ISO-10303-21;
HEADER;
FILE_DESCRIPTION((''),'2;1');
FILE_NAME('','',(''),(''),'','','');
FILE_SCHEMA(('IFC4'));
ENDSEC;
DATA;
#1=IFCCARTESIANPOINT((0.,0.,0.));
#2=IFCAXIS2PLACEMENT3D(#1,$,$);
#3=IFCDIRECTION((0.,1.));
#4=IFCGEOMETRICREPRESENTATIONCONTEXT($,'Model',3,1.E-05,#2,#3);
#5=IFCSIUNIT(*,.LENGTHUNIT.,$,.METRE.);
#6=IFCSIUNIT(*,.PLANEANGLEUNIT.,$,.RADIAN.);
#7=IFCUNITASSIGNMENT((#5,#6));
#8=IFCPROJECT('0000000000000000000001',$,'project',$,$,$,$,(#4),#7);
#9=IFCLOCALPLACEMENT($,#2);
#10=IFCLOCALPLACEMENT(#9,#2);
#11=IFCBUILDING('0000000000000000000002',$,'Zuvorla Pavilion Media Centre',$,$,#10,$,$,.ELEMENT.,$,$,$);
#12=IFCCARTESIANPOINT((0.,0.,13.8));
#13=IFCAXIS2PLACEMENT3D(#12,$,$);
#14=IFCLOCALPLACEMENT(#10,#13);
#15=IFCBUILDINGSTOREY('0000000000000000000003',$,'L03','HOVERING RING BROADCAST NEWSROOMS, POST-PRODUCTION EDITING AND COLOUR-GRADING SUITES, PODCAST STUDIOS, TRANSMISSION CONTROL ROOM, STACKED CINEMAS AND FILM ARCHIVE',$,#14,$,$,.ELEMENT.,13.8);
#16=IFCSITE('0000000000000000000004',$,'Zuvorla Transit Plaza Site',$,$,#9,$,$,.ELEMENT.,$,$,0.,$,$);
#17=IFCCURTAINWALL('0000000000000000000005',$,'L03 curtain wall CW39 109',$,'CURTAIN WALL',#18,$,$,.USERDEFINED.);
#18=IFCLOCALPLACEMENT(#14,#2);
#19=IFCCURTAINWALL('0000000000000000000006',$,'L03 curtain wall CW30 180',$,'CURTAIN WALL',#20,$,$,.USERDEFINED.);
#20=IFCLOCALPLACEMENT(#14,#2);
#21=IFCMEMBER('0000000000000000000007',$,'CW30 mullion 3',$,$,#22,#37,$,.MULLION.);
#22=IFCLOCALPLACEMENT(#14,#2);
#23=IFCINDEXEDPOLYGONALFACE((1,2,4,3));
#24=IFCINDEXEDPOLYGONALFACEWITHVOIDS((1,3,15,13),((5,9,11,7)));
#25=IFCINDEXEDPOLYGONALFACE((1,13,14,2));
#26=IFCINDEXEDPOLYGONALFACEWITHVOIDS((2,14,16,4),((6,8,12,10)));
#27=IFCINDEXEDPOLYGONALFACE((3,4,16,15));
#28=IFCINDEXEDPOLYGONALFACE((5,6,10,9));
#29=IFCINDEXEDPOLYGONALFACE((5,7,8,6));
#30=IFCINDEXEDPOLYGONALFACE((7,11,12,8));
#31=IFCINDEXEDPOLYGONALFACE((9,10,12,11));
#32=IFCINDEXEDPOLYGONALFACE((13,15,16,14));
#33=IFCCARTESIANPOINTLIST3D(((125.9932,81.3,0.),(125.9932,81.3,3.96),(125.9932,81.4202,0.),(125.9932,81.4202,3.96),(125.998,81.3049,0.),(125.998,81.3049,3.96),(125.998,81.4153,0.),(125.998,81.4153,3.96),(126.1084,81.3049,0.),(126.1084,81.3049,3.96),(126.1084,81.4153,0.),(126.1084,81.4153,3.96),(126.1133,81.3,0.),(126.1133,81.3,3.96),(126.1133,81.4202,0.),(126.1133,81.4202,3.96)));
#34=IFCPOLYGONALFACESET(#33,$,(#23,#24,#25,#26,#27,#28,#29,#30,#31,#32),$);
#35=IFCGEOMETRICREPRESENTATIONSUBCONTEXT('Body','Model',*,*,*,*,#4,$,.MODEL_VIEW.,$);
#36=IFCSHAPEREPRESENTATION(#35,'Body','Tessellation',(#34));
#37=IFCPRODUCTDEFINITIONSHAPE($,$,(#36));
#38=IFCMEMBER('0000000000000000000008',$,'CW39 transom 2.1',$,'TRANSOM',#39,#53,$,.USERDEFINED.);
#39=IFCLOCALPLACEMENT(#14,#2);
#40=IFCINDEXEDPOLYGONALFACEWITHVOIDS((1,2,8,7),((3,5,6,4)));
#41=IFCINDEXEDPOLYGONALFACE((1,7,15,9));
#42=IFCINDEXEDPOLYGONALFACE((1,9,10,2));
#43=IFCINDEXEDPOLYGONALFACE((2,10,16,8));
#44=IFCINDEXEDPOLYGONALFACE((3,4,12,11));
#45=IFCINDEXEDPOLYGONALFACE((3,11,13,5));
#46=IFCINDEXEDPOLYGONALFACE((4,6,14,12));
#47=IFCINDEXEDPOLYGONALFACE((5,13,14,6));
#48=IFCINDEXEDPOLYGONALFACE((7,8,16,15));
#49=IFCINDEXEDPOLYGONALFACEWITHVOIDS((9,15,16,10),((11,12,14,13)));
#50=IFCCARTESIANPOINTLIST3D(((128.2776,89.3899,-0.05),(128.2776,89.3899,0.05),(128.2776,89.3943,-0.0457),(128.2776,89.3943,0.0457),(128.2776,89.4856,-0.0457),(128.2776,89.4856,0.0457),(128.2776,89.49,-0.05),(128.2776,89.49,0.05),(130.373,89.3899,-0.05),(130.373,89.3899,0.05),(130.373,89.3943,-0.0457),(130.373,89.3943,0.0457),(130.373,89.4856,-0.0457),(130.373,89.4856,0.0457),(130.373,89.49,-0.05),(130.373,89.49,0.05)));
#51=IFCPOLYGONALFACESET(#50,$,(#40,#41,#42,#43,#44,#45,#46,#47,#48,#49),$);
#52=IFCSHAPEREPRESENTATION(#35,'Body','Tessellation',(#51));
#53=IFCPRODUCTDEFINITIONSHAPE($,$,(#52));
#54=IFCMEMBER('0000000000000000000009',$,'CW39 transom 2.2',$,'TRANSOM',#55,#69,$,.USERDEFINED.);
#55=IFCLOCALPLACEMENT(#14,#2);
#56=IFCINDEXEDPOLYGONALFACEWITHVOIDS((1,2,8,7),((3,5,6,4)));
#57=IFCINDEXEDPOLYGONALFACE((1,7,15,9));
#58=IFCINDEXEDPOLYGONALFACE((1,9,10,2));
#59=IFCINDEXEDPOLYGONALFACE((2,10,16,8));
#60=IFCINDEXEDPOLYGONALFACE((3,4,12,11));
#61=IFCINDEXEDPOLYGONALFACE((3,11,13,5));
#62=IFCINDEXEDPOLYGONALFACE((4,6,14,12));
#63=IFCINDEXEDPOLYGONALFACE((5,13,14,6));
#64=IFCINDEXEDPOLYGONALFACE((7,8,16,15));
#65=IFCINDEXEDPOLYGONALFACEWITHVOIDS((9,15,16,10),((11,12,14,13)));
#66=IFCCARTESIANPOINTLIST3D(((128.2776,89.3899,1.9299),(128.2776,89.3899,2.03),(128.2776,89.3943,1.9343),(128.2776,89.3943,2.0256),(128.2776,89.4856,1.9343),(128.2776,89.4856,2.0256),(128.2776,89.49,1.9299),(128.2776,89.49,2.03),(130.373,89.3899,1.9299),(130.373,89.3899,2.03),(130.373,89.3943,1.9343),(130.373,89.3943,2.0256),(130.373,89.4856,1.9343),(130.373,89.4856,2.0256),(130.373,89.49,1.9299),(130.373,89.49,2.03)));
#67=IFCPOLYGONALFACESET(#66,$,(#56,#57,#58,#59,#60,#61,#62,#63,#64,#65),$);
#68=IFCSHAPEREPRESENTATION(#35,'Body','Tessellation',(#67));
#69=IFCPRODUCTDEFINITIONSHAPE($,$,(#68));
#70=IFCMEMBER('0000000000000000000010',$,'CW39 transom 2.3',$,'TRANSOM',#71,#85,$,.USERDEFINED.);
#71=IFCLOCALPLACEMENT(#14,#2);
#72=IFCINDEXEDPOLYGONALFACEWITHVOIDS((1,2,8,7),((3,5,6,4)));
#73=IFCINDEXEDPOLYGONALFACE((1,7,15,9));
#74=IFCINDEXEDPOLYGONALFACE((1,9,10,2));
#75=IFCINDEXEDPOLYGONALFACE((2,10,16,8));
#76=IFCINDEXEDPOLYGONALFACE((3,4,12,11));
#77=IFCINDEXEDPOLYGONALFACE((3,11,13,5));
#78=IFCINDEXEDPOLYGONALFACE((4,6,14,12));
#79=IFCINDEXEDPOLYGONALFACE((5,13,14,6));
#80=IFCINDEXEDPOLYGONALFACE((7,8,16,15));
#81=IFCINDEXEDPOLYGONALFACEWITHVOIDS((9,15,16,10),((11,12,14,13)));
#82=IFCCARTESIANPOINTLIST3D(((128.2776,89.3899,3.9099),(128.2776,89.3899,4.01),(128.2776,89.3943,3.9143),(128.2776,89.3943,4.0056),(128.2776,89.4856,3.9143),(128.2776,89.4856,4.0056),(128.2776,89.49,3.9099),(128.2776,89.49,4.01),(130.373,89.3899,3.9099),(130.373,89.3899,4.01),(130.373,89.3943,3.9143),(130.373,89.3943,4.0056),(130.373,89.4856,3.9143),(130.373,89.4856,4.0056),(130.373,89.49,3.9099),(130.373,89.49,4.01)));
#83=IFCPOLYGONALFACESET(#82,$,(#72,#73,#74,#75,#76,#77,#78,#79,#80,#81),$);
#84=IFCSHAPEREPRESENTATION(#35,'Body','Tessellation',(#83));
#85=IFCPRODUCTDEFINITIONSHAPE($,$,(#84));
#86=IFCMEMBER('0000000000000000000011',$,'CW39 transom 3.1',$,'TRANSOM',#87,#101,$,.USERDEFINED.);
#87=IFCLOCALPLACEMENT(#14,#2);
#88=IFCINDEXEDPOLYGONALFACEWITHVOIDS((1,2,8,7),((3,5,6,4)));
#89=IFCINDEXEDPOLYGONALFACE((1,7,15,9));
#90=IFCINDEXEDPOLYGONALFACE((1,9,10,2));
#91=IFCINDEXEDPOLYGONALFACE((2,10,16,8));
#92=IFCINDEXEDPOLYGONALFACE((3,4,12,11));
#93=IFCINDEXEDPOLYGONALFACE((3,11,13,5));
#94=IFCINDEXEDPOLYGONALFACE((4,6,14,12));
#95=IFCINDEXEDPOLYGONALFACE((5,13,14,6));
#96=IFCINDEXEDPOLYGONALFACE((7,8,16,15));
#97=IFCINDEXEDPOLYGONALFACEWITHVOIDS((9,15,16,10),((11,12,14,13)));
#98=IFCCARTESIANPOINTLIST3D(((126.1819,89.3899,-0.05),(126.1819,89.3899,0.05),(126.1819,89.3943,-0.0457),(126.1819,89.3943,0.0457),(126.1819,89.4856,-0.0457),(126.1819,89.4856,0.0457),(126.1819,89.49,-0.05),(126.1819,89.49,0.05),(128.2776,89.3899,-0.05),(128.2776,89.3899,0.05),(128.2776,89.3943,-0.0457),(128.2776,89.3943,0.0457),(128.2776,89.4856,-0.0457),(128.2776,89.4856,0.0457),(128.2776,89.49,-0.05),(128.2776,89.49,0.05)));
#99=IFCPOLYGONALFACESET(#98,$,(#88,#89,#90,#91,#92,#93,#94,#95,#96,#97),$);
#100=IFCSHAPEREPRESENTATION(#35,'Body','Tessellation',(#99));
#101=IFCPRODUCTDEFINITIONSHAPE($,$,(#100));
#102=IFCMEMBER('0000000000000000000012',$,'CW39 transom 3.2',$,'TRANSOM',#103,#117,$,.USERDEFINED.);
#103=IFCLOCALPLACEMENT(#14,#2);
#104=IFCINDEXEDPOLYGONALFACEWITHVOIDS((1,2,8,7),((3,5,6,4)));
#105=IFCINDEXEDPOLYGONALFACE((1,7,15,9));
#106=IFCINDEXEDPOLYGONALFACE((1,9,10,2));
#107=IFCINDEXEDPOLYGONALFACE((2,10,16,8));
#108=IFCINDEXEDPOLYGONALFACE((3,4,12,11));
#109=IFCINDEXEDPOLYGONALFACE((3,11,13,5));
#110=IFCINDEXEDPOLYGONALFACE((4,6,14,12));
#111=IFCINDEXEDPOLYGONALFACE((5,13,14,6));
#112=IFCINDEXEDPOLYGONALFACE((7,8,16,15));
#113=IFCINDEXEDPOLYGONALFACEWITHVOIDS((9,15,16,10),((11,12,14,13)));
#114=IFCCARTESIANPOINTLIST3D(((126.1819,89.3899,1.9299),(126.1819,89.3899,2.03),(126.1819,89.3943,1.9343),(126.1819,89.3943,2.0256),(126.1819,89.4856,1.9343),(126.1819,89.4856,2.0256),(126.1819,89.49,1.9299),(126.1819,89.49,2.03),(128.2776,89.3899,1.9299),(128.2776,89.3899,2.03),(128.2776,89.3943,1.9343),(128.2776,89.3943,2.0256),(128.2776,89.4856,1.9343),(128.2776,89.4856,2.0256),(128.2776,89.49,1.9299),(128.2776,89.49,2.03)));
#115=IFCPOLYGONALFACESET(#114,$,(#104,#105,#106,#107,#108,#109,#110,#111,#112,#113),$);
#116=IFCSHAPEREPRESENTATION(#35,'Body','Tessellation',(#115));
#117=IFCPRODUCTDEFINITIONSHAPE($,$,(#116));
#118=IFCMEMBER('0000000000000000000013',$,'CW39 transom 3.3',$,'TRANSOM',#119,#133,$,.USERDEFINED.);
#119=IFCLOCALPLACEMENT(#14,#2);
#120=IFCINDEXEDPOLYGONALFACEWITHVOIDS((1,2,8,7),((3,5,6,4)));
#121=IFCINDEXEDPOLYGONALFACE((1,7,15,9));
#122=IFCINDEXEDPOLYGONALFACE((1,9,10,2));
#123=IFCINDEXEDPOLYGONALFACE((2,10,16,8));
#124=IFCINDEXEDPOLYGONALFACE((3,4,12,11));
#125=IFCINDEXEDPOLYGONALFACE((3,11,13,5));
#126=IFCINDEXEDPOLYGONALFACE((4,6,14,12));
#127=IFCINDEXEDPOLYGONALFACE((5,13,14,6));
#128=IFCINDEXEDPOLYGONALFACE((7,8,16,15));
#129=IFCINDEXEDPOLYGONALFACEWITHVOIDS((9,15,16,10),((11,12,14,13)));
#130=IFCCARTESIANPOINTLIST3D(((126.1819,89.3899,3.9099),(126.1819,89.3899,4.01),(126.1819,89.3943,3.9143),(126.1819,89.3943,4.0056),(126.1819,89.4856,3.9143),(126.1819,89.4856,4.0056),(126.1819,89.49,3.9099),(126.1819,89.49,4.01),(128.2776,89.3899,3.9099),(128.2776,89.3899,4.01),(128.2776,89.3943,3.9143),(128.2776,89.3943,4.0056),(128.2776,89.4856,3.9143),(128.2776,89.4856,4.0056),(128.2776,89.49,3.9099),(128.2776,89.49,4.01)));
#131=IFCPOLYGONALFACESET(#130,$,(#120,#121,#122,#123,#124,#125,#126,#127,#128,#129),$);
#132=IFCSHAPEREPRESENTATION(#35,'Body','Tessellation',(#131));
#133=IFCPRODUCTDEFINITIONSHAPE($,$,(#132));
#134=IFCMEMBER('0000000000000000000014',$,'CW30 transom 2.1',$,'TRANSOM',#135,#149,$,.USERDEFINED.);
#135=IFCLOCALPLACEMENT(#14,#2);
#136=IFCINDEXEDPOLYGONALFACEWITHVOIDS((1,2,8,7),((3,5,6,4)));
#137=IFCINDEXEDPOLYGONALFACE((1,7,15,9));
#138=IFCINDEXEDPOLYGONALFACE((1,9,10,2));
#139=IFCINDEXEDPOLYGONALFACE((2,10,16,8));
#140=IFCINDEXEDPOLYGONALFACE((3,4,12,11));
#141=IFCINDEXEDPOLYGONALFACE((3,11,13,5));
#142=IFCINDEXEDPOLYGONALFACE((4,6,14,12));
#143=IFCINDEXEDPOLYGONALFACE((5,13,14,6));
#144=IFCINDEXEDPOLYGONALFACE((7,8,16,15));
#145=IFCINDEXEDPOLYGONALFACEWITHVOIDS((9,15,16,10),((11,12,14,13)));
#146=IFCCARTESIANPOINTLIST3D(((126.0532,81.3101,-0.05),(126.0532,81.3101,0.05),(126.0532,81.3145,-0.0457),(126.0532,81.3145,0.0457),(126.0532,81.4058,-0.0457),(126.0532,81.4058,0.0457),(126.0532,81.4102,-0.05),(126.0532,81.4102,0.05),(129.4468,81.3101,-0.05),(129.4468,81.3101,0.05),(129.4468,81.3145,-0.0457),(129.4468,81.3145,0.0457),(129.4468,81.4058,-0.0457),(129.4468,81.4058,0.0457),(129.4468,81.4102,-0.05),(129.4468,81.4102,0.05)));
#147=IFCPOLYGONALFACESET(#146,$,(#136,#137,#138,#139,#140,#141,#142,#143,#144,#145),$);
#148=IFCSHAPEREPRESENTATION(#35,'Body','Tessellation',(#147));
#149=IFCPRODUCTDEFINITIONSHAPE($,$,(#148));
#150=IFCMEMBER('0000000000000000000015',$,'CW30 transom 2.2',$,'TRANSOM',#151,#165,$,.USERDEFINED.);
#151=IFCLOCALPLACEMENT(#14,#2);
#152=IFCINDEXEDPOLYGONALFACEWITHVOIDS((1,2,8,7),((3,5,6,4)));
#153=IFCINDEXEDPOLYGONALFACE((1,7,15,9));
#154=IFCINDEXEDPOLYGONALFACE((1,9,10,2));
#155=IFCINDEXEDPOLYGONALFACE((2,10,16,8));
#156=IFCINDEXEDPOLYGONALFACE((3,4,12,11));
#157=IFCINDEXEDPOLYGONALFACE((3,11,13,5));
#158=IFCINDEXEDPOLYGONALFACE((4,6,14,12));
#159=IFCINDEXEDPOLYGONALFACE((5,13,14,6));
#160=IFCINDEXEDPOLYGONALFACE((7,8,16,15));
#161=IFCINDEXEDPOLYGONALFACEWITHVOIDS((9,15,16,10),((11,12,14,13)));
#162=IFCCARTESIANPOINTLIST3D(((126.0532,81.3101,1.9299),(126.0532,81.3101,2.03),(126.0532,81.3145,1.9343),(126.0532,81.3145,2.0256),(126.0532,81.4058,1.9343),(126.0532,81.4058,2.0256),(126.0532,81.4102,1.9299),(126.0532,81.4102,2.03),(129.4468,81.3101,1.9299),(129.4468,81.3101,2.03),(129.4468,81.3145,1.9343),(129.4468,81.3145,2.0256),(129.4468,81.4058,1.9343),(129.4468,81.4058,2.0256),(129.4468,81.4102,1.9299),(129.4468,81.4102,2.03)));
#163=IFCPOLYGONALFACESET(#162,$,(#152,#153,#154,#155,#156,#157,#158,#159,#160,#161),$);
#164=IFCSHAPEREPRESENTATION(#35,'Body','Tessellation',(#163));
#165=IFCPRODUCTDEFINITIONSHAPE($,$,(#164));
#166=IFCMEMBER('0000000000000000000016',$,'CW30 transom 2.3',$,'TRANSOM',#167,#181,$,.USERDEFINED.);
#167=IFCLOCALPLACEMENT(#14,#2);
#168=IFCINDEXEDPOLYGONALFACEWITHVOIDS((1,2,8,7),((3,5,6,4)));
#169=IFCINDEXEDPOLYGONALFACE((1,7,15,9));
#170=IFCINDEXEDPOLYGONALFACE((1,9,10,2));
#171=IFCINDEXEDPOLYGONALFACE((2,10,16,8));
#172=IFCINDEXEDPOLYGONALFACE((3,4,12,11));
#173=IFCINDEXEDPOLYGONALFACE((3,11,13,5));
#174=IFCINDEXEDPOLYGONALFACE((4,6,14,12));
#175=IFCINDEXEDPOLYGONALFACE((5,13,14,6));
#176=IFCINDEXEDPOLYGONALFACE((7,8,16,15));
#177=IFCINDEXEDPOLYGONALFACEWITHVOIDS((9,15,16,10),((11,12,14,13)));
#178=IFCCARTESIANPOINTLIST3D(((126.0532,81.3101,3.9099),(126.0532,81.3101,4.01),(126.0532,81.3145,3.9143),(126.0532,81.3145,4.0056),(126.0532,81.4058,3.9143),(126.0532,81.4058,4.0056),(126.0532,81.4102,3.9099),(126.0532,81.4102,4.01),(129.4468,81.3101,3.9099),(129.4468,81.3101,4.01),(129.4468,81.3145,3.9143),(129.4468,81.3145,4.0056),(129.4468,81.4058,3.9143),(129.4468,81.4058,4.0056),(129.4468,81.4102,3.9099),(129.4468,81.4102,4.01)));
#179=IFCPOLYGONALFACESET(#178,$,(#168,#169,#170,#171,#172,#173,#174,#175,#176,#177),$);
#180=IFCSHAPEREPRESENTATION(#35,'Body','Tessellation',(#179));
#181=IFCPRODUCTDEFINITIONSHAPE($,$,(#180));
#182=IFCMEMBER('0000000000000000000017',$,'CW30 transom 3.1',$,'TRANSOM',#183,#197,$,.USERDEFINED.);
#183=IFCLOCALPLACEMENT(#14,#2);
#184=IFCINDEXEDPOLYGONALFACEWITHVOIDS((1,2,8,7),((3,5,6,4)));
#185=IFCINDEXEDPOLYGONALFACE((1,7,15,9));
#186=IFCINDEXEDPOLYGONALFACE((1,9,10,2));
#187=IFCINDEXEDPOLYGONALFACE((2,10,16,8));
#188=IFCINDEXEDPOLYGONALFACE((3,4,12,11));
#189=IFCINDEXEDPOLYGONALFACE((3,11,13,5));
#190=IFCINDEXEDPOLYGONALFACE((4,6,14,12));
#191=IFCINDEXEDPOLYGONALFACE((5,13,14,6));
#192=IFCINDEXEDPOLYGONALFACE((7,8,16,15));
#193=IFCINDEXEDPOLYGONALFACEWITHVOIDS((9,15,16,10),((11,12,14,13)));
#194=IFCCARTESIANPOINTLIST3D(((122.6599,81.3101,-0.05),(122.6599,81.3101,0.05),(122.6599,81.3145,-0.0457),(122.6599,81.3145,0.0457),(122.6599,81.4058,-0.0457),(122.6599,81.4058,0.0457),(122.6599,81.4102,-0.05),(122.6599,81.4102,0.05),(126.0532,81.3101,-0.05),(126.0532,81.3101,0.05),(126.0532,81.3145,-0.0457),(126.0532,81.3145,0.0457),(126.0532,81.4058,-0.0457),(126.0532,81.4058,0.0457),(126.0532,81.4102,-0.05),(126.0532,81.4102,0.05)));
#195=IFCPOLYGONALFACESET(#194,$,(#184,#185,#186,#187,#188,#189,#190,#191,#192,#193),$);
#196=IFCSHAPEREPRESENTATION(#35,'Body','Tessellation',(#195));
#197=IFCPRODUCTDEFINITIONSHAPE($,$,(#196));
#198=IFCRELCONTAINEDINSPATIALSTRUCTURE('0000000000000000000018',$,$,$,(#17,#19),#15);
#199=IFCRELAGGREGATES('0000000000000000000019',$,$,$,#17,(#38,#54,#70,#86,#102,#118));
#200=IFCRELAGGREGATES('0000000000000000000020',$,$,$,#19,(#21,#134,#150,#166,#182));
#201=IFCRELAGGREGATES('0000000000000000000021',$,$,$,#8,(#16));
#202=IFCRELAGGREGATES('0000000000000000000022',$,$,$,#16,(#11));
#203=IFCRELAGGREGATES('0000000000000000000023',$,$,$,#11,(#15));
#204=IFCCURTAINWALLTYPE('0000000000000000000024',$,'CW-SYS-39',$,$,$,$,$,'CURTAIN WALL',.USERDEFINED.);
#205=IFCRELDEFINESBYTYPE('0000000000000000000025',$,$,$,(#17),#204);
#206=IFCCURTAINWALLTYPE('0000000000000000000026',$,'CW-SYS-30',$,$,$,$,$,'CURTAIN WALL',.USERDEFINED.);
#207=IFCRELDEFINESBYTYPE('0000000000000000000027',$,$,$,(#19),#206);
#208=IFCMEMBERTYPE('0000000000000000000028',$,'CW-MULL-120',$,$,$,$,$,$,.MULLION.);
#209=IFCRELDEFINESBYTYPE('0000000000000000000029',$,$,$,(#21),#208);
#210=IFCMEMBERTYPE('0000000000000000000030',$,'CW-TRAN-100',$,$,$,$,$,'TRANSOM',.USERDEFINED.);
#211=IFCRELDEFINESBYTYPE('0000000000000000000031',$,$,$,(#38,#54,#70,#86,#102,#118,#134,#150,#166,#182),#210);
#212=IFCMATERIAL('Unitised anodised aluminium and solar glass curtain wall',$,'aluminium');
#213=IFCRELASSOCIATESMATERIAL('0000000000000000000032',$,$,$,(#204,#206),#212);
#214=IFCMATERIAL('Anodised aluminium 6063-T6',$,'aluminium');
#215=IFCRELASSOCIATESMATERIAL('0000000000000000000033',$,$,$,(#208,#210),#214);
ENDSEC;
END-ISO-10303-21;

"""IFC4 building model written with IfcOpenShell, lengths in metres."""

from ifc_helpers import new_model, si_unit, direction, frame, origin, origin_2d, place, context, subcontext, project, spatial, hollow_rectangle, extrude, material, material_profile, profile_set, type_object, element, aggregate, save


model = new_model("IFC4")

# Units and contexts
model_context = context("Model", 3, precision=1e-05, world=origin(), true_north=direction((0.0, 1.0)))
body_context = subcontext(model_context, "Body", "Model", "MODEL_VIEW")
ifc_project = project(units=[si_unit("LENGTHUNIT", "METRE"), si_unit("PLANEANGLEUNIT", "RADIAN")], contexts=[model_context])

# Site, building, storey
site_placement = place(None, origin())
site = spatial("IfcSite", under=ifc_project, at=site_placement, Name="Zuvorla Transit Plaza Site", CompositionType="ELEMENT", RefElevation=0.0)
building_placement = place(site_placement, origin())
building = spatial("IfcBuilding", under=site, at=building_placement, Name="Zuvorla Pavilion Media Centre", CompositionType="ELEMENT")
storey_placement = place(building_placement, frame((0.0, 0.0, 13.8)))
storey = spatial("IfcBuildingStorey", under=building, at=storey_placement, Name="L03", Description="HOVERING RING BROADCAST NEWSROOMS, POST-PRODUCTION EDITING AND COLOUR-GRADING SUITES, PODCAST STUDIOS, TRANSMISSION CONTROL ROOM, STACKED CINEMAS AND FILM ARCHIVE", CompositionType="ELEMENT", Elevation=13.8)

# Shared definitions
ifc_material_1 = material(Name="Unitised anodised aluminium and solar glass curtain wall", Category="aluminium")
ifc_material_2 = material(Name="Anodised aluminium 6063-T6", Category="aluminium")

# Curtain walls, member
curtain_wall_type_1 = type_object("IfcCurtainWallType", Name="CW-SYS-39", ElementType="CURTAIN WALL", PredefinedType="USERDEFINED", material=ifc_material_1)
curtain_wall_1_placement = place(storey_placement, origin())
curtain_wall_1 = element("IfcCurtainWall", 1, at=curtain_wall_1_placement, inside=storey, type_object=curtain_wall_type_1, Name="L03 curtain wall CW39 109", ObjectType="CURTAIN WALL", PredefinedType="USERDEFINED")
ifc_material_profile_1 = material_profile(ifc_material_2, hollow_rectangle(XDim=0.1201, YDim=0.1201, WallThickness=0.0049, at=origin_2d()), Name="ALU MULL 120x120")
ifc_profile_set_1 = profile_set([ifc_material_profile_1], Name="Anodised aluminium 6063-T6")
member_type_1 = type_object("IfcMemberType", Name="CW-MULL-120", PredefinedType="MULLION", material=ifc_profile_set_1)
curtain_wall_type_2 = type_object("IfcCurtainWallType", Name="CW-SYS-30", ElementType="CURTAIN WALL", PredefinedType="USERDEFINED", material=ifc_material_1)
curtain_wall_2_placement = place(storey_placement, origin())
curtain_wall_2 = element("IfcCurtainWall", 2, at=curtain_wall_2_placement, inside=storey, type_object=curtain_wall_type_2, Name="L03 curtain wall CW30 180", ObjectType="CURTAIN WALL", PredefinedType="USERDEFINED")
member_1_placement = place(storey_placement, frame((126.0532, 81.3601, 0.0), z_axis=(0.0, 0.0, 1.0), x_axis=(1.0, 0.0, 0.0)))
member_1 = element("IfcMember", 3, at=member_1_placement, type_object=member_type_1, Name="CW30 mullion 3", PredefinedType="MULLION", context=body_context, shape_type="SweptSolid", body=[
    extrude(hollow_rectangle(XDim=0.1201, YDim=0.1201, WallThickness=0.0049, at=origin_2d()), origin(), (0.0, 0.0, 1.0), 3.96),
])

# Members
ifc_material_profile_2 = material_profile(ifc_material_2, hollow_rectangle(XDim=0.1001, YDim=0.1001, WallThickness=0.0044, at=origin_2d()), Name="ALU TRAN 100x100")
ifc_profile_set_2 = profile_set([ifc_material_profile_2], Name="Anodised aluminium 6063-T6")
member_type_2 = type_object("IfcMemberType", Name="CW-TRAN-100", ElementType="TRANSOM", PredefinedType="USERDEFINED", material=ifc_profile_set_2)
member_2_placement = place(storey_placement, frame((130.373, 89.4399, 0.0), z_axis=(-1.0, 0.0, 0.0), x_axis=(0.0, -1.0, 0.0)))
member_2 = element("IfcMember", 4, at=member_2_placement, type_object=member_type_2, Name="CW39 transom 2.1", ObjectType="TRANSOM", PredefinedType="USERDEFINED", context=body_context, shape_type="SweptSolid", body=[
    extrude(hollow_rectangle(XDim=0.1001, YDim=0.1001, WallThickness=0.0044, at=origin_2d()), origin(), (0.0, 0.0, 1.0), 2.0955),
])
member_3_placement = place(storey_placement, frame((130.373, 89.4399, 1.98), z_axis=(-1.0, 0.0, 0.0), x_axis=(0.0, -1.0, 0.0)))
member_3 = element("IfcMember", 5, at=member_3_placement, type_object=member_type_2, Name="CW39 transom 2.2", ObjectType="TRANSOM", PredefinedType="USERDEFINED", context=body_context, shape_type="SweptSolid", body=[
    extrude(hollow_rectangle(XDim=0.1001, YDim=0.1001, WallThickness=0.0044, at=origin_2d()), origin(), (0.0, 0.0, 1.0), 2.0955),
])
member_4_placement = place(storey_placement, frame((130.373, 89.4399, 3.96), z_axis=(-1.0, 0.0, 0.0), x_axis=(0.0, -1.0, 0.0)))
member_4 = element("IfcMember", 6, at=member_4_placement, type_object=member_type_2, Name="CW39 transom 2.3", ObjectType="TRANSOM", PredefinedType="USERDEFINED", context=body_context, shape_type="SweptSolid", body=[
    extrude(hollow_rectangle(XDim=0.1001, YDim=0.1001, WallThickness=0.0044, at=origin_2d()), origin(), (0.0, 0.0, 1.0), 2.0955),
])
member_5_placement = place(storey_placement, frame((128.2776, 89.4399, 0.0), z_axis=(-1.0, 0.0, 0.0), x_axis=(0.0, -1.0, 0.0)))
member_5 = element("IfcMember", 7, at=member_5_placement, type_object=member_type_2, Name="CW39 transom 3.1", ObjectType="TRANSOM", PredefinedType="USERDEFINED", context=body_context, shape_type="SweptSolid", body=[
    extrude(hollow_rectangle(XDim=0.1001, YDim=0.1001, WallThickness=0.0044, at=origin_2d()), origin(), (0.0, 0.0, 1.0), 2.0957),
])
member_6_placement = place(storey_placement, frame((128.2776, 89.4399, 1.98), z_axis=(-1.0, 0.0, 0.0), x_axis=(0.0, -1.0, 0.0)))
member_6 = element("IfcMember", 8, at=member_6_placement, type_object=member_type_2, Name="CW39 transom 3.2", ObjectType="TRANSOM", PredefinedType="USERDEFINED", context=body_context, shape_type="SweptSolid", body=[
    extrude(hollow_rectangle(XDim=0.1001, YDim=0.1001, WallThickness=0.0044, at=origin_2d()), origin(), (0.0, 0.0, 1.0), 2.0957),
])
member_7_placement = place(storey_placement, frame((128.2776, 89.4399, 3.96), z_axis=(-1.0, 0.0, 0.0), x_axis=(0.0, -1.0, 0.0)))
member_7 = element("IfcMember", 9, at=member_7_placement, type_object=member_type_2, Name="CW39 transom 3.3", ObjectType="TRANSOM", PredefinedType="USERDEFINED", context=body_context, shape_type="SweptSolid", body=[
    extrude(hollow_rectangle(XDim=0.1001, YDim=0.1001, WallThickness=0.0044, at=origin_2d()), origin(), (0.0, 0.0, 1.0), 2.0957),
])
member_8_placement = place(storey_placement, frame((129.4468, 81.3601, 0.0), z_axis=(-1.0, 0.0, 0.0), x_axis=(0.0, -1.0, 0.0)))
member_8 = element("IfcMember", 10, at=member_8_placement, type_object=member_type_2, Name="CW30 transom 2.1", ObjectType="TRANSOM", PredefinedType="USERDEFINED", context=body_context, shape_type="SweptSolid", body=[
    extrude(hollow_rectangle(XDim=0.1001, YDim=0.1001, WallThickness=0.0044, at=origin_2d()), origin(), (0.0, 0.0, 1.0), 3.3936),
])
member_9_placement = place(storey_placement, frame((129.4468, 81.3601, 1.98), z_axis=(-1.0, 0.0, 0.0), x_axis=(0.0, -1.0, 0.0)))
member_9 = element("IfcMember", 11, at=member_9_placement, type_object=member_type_2, Name="CW30 transom 2.2", ObjectType="TRANSOM", PredefinedType="USERDEFINED", context=body_context, shape_type="SweptSolid", body=[
    extrude(hollow_rectangle(XDim=0.1001, YDim=0.1001, WallThickness=0.0044, at=origin_2d()), origin(), (0.0, 0.0, 1.0), 3.3936),
])
member_10_placement = place(storey_placement, frame((129.4468, 81.3601, 3.96), z_axis=(-1.0, 0.0, 0.0), x_axis=(0.0, -1.0, 0.0)))
member_10 = element("IfcMember", 12, at=member_10_placement, type_object=member_type_2, Name="CW30 transom 2.3", ObjectType="TRANSOM", PredefinedType="USERDEFINED", context=body_context, shape_type="SweptSolid", body=[
    extrude(hollow_rectangle(XDim=0.1001, YDim=0.1001, WallThickness=0.0044, at=origin_2d()), origin(), (0.0, 0.0, 1.0), 3.3936),
])
member_11_placement = place(storey_placement, frame((126.0532, 81.3601, 0.0), z_axis=(-1.0, 0.0, 0.0), x_axis=(0.0, -1.0, 0.0)))
member_11 = element("IfcMember", 13, at=member_11_placement, type_object=member_type_2, Name="CW30 transom 3.1", ObjectType="TRANSOM", PredefinedType="USERDEFINED", context=body_context, shape_type="SweptSolid", body=[
    extrude(hollow_rectangle(XDim=0.1001, YDim=0.1001, WallThickness=0.0044, at=origin_2d()), origin(), (0.0, 0.0, 1.0), 3.3933),
])

aggregate(curtain_wall_1, [member_2, member_3, member_4, member_5, member_6, member_7])
aggregate(curtain_wall_2, [member_1, member_8, member_9, member_10, member_11])

save(model, "model.ifc")
